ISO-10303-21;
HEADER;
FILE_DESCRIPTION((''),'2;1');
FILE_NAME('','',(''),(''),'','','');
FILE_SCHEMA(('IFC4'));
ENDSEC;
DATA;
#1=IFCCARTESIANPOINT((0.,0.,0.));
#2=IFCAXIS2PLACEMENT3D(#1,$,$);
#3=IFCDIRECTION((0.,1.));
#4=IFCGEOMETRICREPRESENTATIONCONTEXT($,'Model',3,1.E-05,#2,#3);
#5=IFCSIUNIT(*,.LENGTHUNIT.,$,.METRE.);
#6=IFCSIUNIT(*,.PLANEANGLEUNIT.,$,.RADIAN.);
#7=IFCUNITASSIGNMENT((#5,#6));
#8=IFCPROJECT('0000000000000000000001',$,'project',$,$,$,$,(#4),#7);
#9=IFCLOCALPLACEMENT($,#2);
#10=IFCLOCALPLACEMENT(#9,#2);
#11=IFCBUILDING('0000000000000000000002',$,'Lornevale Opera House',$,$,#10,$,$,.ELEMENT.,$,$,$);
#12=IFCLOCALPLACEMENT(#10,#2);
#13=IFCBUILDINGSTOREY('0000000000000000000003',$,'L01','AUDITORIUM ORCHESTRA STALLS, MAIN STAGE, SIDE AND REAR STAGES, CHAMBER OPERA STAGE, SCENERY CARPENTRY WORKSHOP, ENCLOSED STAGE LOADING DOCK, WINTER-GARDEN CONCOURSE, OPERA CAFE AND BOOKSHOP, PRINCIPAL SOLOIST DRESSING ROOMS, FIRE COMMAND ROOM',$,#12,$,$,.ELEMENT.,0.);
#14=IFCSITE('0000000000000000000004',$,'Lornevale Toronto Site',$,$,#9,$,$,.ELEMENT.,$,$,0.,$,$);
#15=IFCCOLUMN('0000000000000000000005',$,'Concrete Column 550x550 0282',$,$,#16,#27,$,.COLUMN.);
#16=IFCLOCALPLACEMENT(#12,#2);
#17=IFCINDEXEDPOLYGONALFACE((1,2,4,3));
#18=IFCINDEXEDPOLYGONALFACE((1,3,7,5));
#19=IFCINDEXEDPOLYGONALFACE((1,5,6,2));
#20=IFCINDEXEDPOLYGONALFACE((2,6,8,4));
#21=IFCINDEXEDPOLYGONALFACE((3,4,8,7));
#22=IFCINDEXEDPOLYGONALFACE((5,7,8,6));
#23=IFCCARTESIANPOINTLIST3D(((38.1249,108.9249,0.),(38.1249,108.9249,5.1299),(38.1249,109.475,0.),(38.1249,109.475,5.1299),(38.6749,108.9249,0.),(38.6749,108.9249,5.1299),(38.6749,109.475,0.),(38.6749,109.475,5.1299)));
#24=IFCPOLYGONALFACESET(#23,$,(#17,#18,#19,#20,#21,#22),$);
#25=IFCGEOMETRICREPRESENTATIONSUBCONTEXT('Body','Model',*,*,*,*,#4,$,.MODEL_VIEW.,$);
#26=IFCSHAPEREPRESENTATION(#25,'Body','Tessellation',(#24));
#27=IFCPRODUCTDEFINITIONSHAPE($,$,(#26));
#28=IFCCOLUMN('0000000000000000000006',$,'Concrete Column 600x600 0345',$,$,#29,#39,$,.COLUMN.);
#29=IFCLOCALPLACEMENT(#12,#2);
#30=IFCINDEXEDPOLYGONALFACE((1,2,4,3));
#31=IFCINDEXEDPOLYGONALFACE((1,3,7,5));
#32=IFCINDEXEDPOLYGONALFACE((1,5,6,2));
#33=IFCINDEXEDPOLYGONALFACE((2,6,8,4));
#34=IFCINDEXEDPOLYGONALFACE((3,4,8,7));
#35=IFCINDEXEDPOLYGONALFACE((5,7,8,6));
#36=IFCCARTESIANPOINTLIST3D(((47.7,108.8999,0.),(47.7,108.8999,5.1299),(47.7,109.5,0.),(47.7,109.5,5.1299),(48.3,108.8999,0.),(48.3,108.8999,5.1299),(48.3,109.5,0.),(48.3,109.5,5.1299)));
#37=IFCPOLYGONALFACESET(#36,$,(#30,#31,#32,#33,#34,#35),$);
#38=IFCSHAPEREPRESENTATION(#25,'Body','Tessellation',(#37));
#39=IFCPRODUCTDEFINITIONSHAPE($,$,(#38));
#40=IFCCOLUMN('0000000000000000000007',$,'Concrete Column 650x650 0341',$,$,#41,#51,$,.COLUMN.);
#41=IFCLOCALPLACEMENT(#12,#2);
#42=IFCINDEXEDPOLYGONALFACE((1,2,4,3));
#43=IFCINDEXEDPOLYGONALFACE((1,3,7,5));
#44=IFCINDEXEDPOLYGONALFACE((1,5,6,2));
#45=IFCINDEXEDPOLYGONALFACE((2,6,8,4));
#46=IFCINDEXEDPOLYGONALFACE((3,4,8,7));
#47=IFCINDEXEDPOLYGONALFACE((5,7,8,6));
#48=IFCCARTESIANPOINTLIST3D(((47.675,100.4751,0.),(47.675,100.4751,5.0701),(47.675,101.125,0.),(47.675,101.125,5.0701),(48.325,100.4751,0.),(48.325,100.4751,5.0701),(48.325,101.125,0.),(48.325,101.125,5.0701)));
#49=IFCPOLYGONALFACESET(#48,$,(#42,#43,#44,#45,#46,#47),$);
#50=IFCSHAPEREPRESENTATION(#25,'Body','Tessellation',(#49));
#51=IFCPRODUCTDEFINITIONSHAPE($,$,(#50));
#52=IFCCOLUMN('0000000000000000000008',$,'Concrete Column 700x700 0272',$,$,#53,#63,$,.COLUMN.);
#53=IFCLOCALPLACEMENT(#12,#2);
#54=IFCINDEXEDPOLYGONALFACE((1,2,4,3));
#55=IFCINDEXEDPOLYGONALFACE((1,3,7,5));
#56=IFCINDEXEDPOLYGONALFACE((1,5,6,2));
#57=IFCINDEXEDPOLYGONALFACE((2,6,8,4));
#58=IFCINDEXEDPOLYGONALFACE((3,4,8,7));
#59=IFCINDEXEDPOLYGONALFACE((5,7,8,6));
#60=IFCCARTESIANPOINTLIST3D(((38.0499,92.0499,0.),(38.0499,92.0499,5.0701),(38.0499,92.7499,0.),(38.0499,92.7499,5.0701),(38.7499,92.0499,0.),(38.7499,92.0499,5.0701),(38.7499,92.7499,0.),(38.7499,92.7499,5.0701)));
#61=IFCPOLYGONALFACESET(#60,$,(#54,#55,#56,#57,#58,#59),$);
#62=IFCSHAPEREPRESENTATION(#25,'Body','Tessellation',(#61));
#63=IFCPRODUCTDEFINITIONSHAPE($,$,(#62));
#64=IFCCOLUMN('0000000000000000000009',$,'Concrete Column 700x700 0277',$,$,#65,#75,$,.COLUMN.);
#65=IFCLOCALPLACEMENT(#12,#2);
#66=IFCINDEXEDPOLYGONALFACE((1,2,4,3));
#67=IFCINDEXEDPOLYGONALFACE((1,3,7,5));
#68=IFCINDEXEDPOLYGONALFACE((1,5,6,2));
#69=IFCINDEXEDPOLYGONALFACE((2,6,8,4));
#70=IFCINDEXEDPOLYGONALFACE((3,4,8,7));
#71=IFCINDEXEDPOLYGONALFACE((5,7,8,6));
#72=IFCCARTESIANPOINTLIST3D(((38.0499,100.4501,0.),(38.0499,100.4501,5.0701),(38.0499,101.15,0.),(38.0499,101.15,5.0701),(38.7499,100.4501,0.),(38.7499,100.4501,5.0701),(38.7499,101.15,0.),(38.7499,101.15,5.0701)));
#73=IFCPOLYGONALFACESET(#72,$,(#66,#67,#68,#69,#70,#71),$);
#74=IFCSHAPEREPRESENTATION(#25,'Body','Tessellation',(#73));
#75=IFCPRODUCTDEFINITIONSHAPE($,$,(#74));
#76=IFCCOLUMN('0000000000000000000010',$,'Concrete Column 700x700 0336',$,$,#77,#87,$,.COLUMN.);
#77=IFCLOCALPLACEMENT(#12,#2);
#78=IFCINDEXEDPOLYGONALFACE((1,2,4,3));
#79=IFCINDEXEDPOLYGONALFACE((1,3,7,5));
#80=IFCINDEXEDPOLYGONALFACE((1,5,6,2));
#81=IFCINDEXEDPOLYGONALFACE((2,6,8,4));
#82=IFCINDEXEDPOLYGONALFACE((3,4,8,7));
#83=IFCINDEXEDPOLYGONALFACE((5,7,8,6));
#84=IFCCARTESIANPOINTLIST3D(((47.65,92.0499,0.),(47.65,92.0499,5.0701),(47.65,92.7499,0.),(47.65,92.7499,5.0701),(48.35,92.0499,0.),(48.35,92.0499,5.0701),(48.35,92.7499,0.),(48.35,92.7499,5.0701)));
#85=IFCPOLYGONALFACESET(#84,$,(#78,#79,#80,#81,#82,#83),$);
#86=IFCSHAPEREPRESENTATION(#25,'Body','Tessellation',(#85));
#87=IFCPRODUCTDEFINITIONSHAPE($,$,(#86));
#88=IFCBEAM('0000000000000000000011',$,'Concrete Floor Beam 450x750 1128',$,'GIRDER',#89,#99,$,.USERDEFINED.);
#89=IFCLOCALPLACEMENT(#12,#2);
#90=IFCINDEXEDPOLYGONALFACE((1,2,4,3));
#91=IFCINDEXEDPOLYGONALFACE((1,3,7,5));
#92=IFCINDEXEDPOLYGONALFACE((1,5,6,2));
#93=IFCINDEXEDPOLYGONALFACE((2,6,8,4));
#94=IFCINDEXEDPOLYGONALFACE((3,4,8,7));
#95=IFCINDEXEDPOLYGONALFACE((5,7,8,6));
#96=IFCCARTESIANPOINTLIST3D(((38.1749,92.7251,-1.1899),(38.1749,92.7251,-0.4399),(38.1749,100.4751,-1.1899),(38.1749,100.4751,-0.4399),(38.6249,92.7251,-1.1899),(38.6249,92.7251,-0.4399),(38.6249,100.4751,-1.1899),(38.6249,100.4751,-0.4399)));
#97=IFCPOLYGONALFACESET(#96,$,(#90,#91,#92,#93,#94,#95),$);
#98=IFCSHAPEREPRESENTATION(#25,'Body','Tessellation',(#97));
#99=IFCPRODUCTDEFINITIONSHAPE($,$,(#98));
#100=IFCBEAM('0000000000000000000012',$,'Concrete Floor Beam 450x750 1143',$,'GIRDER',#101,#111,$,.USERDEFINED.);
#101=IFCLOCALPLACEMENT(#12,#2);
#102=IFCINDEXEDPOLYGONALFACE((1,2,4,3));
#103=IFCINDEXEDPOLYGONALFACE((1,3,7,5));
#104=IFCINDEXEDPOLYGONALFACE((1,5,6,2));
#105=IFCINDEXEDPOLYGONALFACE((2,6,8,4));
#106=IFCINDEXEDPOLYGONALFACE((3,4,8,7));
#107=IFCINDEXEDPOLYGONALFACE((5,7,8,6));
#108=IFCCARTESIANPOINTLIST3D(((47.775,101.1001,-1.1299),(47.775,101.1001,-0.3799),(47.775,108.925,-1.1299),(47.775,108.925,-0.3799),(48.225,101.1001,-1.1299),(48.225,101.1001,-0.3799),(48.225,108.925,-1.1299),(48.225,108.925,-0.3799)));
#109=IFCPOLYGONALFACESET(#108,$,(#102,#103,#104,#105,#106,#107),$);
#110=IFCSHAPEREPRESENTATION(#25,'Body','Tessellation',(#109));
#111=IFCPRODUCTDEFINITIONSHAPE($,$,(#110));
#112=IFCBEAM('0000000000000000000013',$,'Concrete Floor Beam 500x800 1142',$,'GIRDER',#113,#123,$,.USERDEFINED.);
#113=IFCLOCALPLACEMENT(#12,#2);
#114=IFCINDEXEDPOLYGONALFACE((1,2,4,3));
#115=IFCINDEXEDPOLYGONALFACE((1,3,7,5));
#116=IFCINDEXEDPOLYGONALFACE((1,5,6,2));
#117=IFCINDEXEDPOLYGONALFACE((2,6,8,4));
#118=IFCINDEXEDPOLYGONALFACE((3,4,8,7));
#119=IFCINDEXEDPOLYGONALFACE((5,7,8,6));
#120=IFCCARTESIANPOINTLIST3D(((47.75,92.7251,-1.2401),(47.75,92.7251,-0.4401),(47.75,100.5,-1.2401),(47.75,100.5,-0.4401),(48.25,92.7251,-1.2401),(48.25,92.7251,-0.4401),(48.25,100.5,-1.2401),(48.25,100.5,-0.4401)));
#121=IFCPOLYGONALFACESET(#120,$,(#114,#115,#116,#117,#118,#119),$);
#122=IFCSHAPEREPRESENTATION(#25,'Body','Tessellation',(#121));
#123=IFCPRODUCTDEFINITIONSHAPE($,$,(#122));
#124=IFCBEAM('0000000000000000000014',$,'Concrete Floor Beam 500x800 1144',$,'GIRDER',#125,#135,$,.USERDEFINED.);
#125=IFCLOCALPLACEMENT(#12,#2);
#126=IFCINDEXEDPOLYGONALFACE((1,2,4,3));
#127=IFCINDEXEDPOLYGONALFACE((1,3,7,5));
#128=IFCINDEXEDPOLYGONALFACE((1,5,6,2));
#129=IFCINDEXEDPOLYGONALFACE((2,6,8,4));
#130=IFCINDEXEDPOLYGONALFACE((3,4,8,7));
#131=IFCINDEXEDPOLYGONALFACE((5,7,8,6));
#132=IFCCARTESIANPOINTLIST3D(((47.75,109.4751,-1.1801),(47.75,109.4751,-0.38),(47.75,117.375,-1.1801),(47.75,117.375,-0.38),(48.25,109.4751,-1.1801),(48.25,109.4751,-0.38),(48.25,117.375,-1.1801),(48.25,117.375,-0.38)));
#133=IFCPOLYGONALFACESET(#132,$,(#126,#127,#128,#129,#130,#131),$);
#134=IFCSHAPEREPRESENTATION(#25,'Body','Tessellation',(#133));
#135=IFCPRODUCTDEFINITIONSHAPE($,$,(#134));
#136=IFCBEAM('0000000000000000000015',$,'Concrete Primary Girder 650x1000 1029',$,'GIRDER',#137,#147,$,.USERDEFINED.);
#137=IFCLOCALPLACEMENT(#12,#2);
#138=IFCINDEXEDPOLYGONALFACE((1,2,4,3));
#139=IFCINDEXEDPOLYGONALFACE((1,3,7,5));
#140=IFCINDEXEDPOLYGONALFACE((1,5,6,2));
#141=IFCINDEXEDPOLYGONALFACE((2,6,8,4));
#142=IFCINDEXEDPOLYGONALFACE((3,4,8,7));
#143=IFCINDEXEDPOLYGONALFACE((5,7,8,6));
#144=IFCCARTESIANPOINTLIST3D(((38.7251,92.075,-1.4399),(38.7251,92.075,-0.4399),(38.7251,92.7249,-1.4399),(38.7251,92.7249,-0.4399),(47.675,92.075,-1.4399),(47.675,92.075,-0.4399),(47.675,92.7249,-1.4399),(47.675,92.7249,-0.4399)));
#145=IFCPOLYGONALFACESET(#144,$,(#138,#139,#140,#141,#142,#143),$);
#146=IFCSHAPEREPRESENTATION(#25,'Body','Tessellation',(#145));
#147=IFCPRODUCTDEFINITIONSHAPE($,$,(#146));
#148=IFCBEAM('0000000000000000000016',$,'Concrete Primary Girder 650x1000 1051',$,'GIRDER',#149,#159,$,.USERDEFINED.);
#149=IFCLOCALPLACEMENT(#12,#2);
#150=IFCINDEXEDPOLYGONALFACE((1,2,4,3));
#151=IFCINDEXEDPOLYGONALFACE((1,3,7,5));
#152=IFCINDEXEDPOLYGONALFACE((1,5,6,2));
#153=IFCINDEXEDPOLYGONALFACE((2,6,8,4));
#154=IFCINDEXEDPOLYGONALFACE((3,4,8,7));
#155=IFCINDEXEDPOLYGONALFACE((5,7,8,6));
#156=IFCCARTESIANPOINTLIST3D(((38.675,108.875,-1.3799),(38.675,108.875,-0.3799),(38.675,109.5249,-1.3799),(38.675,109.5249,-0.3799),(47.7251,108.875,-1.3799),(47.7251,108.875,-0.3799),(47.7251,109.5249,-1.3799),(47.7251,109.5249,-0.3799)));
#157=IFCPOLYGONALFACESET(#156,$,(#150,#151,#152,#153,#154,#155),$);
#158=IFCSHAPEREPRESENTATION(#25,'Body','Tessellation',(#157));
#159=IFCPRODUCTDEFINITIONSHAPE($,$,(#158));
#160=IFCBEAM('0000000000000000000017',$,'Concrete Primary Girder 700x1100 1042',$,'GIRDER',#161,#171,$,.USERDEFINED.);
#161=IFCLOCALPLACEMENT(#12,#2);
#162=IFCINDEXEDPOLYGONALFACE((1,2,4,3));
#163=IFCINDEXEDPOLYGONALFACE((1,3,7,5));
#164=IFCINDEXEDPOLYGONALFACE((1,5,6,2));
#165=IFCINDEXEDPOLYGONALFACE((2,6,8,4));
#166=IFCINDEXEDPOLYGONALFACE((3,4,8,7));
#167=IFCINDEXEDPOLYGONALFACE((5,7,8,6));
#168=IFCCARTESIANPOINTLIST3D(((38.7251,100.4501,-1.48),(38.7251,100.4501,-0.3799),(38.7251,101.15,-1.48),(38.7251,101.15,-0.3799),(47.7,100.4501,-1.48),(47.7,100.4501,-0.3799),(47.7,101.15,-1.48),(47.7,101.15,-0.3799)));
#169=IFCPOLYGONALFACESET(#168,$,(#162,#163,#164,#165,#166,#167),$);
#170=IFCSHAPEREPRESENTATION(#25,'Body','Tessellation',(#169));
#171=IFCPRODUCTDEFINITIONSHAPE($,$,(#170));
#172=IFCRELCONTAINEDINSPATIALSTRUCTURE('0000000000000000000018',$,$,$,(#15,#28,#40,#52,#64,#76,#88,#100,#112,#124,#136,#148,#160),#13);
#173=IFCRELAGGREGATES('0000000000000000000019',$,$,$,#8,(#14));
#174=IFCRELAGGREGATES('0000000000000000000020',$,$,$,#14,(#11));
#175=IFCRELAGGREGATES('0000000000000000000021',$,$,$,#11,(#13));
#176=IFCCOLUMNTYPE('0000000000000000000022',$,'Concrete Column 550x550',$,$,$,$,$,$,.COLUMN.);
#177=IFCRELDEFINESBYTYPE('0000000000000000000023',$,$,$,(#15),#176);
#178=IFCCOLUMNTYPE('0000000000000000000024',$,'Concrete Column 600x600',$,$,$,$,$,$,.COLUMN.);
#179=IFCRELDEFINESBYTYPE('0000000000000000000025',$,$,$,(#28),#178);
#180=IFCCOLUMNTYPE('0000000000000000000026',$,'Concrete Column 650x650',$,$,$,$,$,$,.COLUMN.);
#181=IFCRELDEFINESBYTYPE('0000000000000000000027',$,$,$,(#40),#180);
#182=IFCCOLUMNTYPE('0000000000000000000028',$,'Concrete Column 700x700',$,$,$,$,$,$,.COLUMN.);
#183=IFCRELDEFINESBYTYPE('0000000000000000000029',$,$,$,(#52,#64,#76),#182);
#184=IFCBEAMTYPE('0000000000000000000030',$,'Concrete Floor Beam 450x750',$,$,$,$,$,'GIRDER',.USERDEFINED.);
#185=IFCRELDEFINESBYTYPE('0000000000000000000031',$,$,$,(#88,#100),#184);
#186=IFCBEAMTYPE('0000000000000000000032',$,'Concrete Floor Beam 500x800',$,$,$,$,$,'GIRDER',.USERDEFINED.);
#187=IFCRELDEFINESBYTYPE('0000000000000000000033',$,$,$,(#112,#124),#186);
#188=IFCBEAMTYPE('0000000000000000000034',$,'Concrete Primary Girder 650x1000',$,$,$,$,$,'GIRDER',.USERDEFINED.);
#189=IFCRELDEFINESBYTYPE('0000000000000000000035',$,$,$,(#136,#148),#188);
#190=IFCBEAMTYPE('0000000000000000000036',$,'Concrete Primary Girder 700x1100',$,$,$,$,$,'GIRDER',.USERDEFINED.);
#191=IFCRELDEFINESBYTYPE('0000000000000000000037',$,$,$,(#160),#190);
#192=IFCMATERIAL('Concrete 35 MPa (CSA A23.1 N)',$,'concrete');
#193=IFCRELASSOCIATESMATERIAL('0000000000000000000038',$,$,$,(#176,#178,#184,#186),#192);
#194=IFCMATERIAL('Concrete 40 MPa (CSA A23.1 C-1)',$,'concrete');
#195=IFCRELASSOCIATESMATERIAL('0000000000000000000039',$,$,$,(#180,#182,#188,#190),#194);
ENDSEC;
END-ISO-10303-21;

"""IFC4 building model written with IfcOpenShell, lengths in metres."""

from ifc_helpers import new_model, si_unit, direction, frame, origin, origin_2d, place, context, subcontext, project, spatial, rectangle, extrude, material, material_profile, profile_set, type_object, element, save


model = new_model("IFC4")

# Units and contexts
model_context = context("Model", 3, precision=1e-05, world=origin(), true_north=direction((0.0, 1.0)))
body_context = subcontext(model_context, "Body", "Model", "MODEL_VIEW")
ifc_project = project(units=[si_unit("LENGTHUNIT", "METRE"), si_unit("PLANEANGLEUNIT", "RADIAN")], contexts=[model_context])

# Site, building, storey
site_placement = place(None, origin())
site = spatial("IfcSite", under=ifc_project, at=site_placement, Name="Lornevale Toronto Site", CompositionType="ELEMENT", RefElevation=0.0)
building_placement = place(site_placement, origin())
building = spatial("IfcBuilding", under=site, at=building_placement, Name="Lornevale Opera House", CompositionType="ELEMENT")
storey_placement = place(building_placement, origin())
storey = spatial("IfcBuildingStorey", under=building, at=storey_placement, Name="L01", Description="AUDITORIUM ORCHESTRA STALLS, MAIN STAGE, SIDE AND REAR STAGES, CHAMBER OPERA STAGE, SCENERY CARPENTRY WORKSHOP, ENCLOSED STAGE LOADING DOCK, WINTER-GARDEN CONCOURSE, OPERA CAFE AND BOOKSHOP, PRINCIPAL SOLOIST DRESSING ROOMS, FIRE COMMAND ROOM", CompositionType="ELEMENT", Elevation=0.0)

# Columns
ifc_material_1 = material(Name="Concrete 35 MPa (CSA A23.1 N)", Category="concrete")
ifc_material_profile_1 = material_profile(ifc_material_1, rectangle(XDim=0.55, YDim=0.55, at=origin_2d()), Name="RC550x550")
ifc_profile_set_1 = profile_set([ifc_material_profile_1], Name="Concrete 35 MPa (CSA A23.1 N)")
column_type_1 = type_object("IfcColumnType", Name="Concrete Column 550x550", PredefinedType="COLUMN", material=ifc_profile_set_1)
column_1_placement = place(storey_placement, frame((38.3999, 109.2, 0.0), z_axis=(0.0, 0.0, 1.0), x_axis=(1.0, 0.0, 0.0)))
element("IfcColumn", 1, at=column_1_placement, inside=storey, type_object=column_type_1, Name="Concrete Column 550x550 0282", PredefinedType="COLUMN", context=body_context, shape_type="SweptSolid", body=[
    extrude(rectangle(XDim=0.55, YDim=0.55, at=origin_2d()), origin(), (0.0, 0.0, 1.0), 5.1299),
])
ifc_material_profile_2 = material_profile(ifc_material_1, rectangle(XDim=0.6001, YDim=0.6001, at=origin_2d()), Name="RC600x600")
ifc_profile_set_2 = profile_set([ifc_material_profile_2], Name="Concrete 35 MPa (CSA A23.1 N)")
column_type_2 = type_object("IfcColumnType", Name="Concrete Column 600x600", PredefinedType="COLUMN", material=ifc_profile_set_2)
column_2_placement = place(storey_placement, frame((48.0, 109.2, 0.0), z_axis=(0.0, 0.0, 1.0), x_axis=(1.0, 0.0, 0.0)))
element("IfcColumn", 2, at=column_2_placement, inside=storey, type_object=column_type_2, Name="Concrete Column 600x600 0345", PredefinedType="COLUMN", context=body_context, shape_type="SweptSolid", body=[
    extrude(rectangle(XDim=0.6001, YDim=0.6001, at=origin_2d()), origin(), (0.0, 0.0, 1.0), 5.1299),
])
ifc_material_2 = material(Name="Concrete 40 MPa (CSA A23.1 C-1)", Category="concrete")
ifc_material_profile_3 = material_profile(ifc_material_2, rectangle(XDim=0.6499, YDim=0.6499, at=origin_2d()), Name="RC650x650")
ifc_profile_set_3 = profile_set([ifc_material_profile_3], Name="Concrete 40 MPa (CSA A23.1 C-1)")
column_type_3 = type_object("IfcColumnType", Name="Concrete Column 650x650", PredefinedType="COLUMN", material=ifc_profile_set_3)
column_3_placement = place(storey_placement, frame((48.0, 100.8, 0.0), z_axis=(0.0, 0.0, 1.0), x_axis=(1.0, 0.0, 0.0)))
element("IfcColumn", 3, at=column_3_placement, inside=storey, type_object=column_type_3, Name="Concrete Column 650x650 0341", PredefinedType="COLUMN", context=body_context, shape_type="SweptSolid", body=[
    extrude(rectangle(XDim=0.6499, YDim=0.6499, at=origin_2d()), origin(), (0.0, 0.0, 1.0), 5.0701),
])
ifc_material_profile_4 = material_profile(ifc_material_2, rectangle(XDim=0.7, YDim=0.7, at=origin_2d()), Name="RC700x700")
ifc_profile_set_4 = profile_set([ifc_material_profile_4], Name="Concrete 40 MPa (CSA A23.1 C-1)")
column_type_4 = type_object("IfcColumnType", Name="Concrete Column 700x700", PredefinedType="COLUMN", material=ifc_profile_set_4)
for number, where, z_axis, x_axis, name in (
    (4, (38.3999, 92.3999, 0.0), (0.0, 0.0, 1.0), (1.0, 0.0, 0.0), "Concrete Column 700x700 0272"),
    (5, (38.3999, 100.8, 0.0), (0.0, 0.0, 1.0), (1.0, 0.0, 0.0), "Concrete Column 700x700 0277"),
    (6, (48.0, 92.3999, 0.0), (0.0, 0.0, 1.0), (1.0, 0.0, 0.0), "Concrete Column 700x700 0336"),
):
    element("IfcColumn", number, at=place(storey_placement, frame(where, z_axis=z_axis, x_axis=x_axis)), inside=storey, type_object=column_type_4, Name=name, PredefinedType="COLUMN", context=body_context, shape_type="SweptSolid", body=[
        extrude(rectangle(XDim=0.7, YDim=0.7, at=origin_2d()), origin(), (0.0, 0.0, 1.0), 5.0701),
    ])

# Beams
ifc_material_profile_5 = material_profile(ifc_material_1, rectangle(XDim=0.45, YDim=0.75, at=origin_2d()), Name="RC450x750")
ifc_profile_set_5 = profile_set([ifc_material_profile_5], Name="Concrete 35 MPa (CSA A23.1 N)")
beam_type_1 = type_object("IfcBeamType", Name="Concrete Floor Beam 450x750", ElementType="GIRDER", PredefinedType="USERDEFINED", material=ifc_profile_set_5)
beam_1_placement = place(storey_placement, frame((38.3999, 92.7251, -0.8149), z_axis=(0.0, 1.0, 0.0), x_axis=(-1.0, 0.0, 0.0)))
element("IfcBeam", 7, at=beam_1_placement, inside=storey, type_object=beam_type_1, Name="Concrete Floor Beam 450x750 1128", ObjectType="GIRDER", PredefinedType="USERDEFINED", context=body_context, shape_type="SweptSolid", body=[
    extrude(rectangle(XDim=0.45, YDim=0.75, at=origin_2d()), origin(), (0.0, 0.0, 1.0), 7.75),
])
beam_2_placement = place(storey_placement, frame((48.0, 101.1001, -0.7549), z_axis=(0.0, 1.0, 0.0), x_axis=(-1.0, 0.0, 0.0)))
element("IfcBeam", 8, at=beam_2_placement, inside=storey, type_object=beam_type_1, Name="Concrete Floor Beam 450x750 1143", ObjectType="GIRDER", PredefinedType="USERDEFINED", context=body_context, shape_type="SweptSolid", body=[
    extrude(rectangle(XDim=0.45, YDim=0.75, at=origin_2d()), origin(), (0.0, 0.0, 1.0), 7.825),
])
ifc_material_profile_6 = material_profile(ifc_material_1, rectangle(XDim=0.5, YDim=0.8, at=origin_2d()), Name="RC500x800")
ifc_profile_set_6 = profile_set([ifc_material_profile_6], Name="Concrete 35 MPa (CSA A23.1 N)")
beam_type_2 = type_object("IfcBeamType", Name="Concrete Floor Beam 500x800", ElementType="GIRDER", PredefinedType="USERDEFINED", material=ifc_profile_set_6)
beam_3_placement = place(storey_placement, frame((48.0, 92.7251, -0.8401), z_axis=(0.0, 1.0, 0.0), x_axis=(-1.0, 0.0, 0.0)))
element("IfcBeam", 9, at=beam_3_placement, inside=storey, type_object=beam_type_2, Name="Concrete Floor Beam 500x800 1142", ObjectType="GIRDER", PredefinedType="USERDEFINED", context=body_context, shape_type="SweptSolid", body=[
    extrude(rectangle(XDim=0.5, YDim=0.8, at=origin_2d()), origin(), (0.0, 0.0, 1.0), 7.7749),
])
beam_4_placement = place(storey_placement, frame((48.0, 109.4751, -0.78), z_axis=(0.0, 1.0, 0.0), x_axis=(-1.0, 0.0, 0.0)))
element("IfcBeam", 10, at=beam_4_placement, inside=storey, type_object=beam_type_2, Name="Concrete Floor Beam 500x800 1144", ObjectType="GIRDER", PredefinedType="USERDEFINED", context=body_context, shape_type="SweptSolid", body=[
    extrude(rectangle(XDim=0.5, YDim=0.8, at=origin_2d()), origin(), (0.0, 0.0, 1.0), 7.8999),
])
ifc_material_profile_7 = material_profile(ifc_material_2, rectangle(XDim=0.6499, YDim=1.0, at=origin_2d()), Name="RC650x1000")
ifc_profile_set_7 = profile_set([ifc_material_profile_7], Name="Concrete 40 MPa (CSA A23.1 C-1)")
beam_type_3 = type_object("IfcBeamType", Name="Concrete Primary Girder 650x1000", ElementType="GIRDER", PredefinedType="USERDEFINED", material=ifc_profile_set_7)
beam_5_placement = place(storey_placement, frame((38.7251, 92.3999, -0.9399), z_axis=(1.0, 0.0, 0.0), x_axis=(0.0, 1.0, 0.0)))
element("IfcBeam", 11, at=beam_5_placement, inside=storey, type_object=beam_type_3, Name="Concrete Primary Girder 650x1000 1029", ObjectType="GIRDER", PredefinedType="USERDEFINED", context=body_context, shape_type="SweptSolid", body=[
    extrude(rectangle(XDim=0.6499, YDim=1.0, at=origin_2d()), origin(), (0.0, 0.0, 1.0), 8.95),
])
beam_6_placement = place(storey_placement, frame((38.675, 109.2, -0.8799), z_axis=(1.0, 0.0, 0.0), x_axis=(0.0, 1.0, 0.0)))
element("IfcBeam", 12, at=beam_6_placement, inside=storey, type_object=beam_type_3, Name="Concrete Primary Girder 650x1000 1051", ObjectType="GIRDER", PredefinedType="USERDEFINED", context=body_context, shape_type="SweptSolid", body=[
    extrude(rectangle(XDim=0.6499, YDim=1.0, at=origin_2d()), origin(), (0.0, 0.0, 1.0), 9.05),
])
ifc_material_profile_8 = material_profile(ifc_material_2, rectangle(XDim=0.7, YDim=1.1001, at=origin_2d()), Name="RC700x1100")
ifc_profile_set_8 = profile_set([ifc_material_profile_8], Name="Concrete 40 MPa (CSA A23.1 C-1)")
beam_type_4 = type_object("IfcBeamType", Name="Concrete Primary Girder 700x1100", ElementType="GIRDER", PredefinedType="USERDEFINED", material=ifc_profile_set_8)
beam_7_placement = place(storey_placement, frame((38.7251, 100.8, -0.9299), z_axis=(1.0, 0.0, 0.0), x_axis=(0.0, 1.0, 0.0)))
element("IfcBeam", 13, at=beam_7_placement, inside=storey, type_object=beam_type_4, Name="Concrete Primary Girder 700x1100 1042", ObjectType="GIRDER", PredefinedType="USERDEFINED", context=body_context, shape_type="SweptSolid", body=[
    extrude(rectangle(XDim=0.7, YDim=1.1001, at=origin_2d()), origin(), (0.0, 0.0, 1.0), 8.9749),
])

save(model, "model.ifc")
